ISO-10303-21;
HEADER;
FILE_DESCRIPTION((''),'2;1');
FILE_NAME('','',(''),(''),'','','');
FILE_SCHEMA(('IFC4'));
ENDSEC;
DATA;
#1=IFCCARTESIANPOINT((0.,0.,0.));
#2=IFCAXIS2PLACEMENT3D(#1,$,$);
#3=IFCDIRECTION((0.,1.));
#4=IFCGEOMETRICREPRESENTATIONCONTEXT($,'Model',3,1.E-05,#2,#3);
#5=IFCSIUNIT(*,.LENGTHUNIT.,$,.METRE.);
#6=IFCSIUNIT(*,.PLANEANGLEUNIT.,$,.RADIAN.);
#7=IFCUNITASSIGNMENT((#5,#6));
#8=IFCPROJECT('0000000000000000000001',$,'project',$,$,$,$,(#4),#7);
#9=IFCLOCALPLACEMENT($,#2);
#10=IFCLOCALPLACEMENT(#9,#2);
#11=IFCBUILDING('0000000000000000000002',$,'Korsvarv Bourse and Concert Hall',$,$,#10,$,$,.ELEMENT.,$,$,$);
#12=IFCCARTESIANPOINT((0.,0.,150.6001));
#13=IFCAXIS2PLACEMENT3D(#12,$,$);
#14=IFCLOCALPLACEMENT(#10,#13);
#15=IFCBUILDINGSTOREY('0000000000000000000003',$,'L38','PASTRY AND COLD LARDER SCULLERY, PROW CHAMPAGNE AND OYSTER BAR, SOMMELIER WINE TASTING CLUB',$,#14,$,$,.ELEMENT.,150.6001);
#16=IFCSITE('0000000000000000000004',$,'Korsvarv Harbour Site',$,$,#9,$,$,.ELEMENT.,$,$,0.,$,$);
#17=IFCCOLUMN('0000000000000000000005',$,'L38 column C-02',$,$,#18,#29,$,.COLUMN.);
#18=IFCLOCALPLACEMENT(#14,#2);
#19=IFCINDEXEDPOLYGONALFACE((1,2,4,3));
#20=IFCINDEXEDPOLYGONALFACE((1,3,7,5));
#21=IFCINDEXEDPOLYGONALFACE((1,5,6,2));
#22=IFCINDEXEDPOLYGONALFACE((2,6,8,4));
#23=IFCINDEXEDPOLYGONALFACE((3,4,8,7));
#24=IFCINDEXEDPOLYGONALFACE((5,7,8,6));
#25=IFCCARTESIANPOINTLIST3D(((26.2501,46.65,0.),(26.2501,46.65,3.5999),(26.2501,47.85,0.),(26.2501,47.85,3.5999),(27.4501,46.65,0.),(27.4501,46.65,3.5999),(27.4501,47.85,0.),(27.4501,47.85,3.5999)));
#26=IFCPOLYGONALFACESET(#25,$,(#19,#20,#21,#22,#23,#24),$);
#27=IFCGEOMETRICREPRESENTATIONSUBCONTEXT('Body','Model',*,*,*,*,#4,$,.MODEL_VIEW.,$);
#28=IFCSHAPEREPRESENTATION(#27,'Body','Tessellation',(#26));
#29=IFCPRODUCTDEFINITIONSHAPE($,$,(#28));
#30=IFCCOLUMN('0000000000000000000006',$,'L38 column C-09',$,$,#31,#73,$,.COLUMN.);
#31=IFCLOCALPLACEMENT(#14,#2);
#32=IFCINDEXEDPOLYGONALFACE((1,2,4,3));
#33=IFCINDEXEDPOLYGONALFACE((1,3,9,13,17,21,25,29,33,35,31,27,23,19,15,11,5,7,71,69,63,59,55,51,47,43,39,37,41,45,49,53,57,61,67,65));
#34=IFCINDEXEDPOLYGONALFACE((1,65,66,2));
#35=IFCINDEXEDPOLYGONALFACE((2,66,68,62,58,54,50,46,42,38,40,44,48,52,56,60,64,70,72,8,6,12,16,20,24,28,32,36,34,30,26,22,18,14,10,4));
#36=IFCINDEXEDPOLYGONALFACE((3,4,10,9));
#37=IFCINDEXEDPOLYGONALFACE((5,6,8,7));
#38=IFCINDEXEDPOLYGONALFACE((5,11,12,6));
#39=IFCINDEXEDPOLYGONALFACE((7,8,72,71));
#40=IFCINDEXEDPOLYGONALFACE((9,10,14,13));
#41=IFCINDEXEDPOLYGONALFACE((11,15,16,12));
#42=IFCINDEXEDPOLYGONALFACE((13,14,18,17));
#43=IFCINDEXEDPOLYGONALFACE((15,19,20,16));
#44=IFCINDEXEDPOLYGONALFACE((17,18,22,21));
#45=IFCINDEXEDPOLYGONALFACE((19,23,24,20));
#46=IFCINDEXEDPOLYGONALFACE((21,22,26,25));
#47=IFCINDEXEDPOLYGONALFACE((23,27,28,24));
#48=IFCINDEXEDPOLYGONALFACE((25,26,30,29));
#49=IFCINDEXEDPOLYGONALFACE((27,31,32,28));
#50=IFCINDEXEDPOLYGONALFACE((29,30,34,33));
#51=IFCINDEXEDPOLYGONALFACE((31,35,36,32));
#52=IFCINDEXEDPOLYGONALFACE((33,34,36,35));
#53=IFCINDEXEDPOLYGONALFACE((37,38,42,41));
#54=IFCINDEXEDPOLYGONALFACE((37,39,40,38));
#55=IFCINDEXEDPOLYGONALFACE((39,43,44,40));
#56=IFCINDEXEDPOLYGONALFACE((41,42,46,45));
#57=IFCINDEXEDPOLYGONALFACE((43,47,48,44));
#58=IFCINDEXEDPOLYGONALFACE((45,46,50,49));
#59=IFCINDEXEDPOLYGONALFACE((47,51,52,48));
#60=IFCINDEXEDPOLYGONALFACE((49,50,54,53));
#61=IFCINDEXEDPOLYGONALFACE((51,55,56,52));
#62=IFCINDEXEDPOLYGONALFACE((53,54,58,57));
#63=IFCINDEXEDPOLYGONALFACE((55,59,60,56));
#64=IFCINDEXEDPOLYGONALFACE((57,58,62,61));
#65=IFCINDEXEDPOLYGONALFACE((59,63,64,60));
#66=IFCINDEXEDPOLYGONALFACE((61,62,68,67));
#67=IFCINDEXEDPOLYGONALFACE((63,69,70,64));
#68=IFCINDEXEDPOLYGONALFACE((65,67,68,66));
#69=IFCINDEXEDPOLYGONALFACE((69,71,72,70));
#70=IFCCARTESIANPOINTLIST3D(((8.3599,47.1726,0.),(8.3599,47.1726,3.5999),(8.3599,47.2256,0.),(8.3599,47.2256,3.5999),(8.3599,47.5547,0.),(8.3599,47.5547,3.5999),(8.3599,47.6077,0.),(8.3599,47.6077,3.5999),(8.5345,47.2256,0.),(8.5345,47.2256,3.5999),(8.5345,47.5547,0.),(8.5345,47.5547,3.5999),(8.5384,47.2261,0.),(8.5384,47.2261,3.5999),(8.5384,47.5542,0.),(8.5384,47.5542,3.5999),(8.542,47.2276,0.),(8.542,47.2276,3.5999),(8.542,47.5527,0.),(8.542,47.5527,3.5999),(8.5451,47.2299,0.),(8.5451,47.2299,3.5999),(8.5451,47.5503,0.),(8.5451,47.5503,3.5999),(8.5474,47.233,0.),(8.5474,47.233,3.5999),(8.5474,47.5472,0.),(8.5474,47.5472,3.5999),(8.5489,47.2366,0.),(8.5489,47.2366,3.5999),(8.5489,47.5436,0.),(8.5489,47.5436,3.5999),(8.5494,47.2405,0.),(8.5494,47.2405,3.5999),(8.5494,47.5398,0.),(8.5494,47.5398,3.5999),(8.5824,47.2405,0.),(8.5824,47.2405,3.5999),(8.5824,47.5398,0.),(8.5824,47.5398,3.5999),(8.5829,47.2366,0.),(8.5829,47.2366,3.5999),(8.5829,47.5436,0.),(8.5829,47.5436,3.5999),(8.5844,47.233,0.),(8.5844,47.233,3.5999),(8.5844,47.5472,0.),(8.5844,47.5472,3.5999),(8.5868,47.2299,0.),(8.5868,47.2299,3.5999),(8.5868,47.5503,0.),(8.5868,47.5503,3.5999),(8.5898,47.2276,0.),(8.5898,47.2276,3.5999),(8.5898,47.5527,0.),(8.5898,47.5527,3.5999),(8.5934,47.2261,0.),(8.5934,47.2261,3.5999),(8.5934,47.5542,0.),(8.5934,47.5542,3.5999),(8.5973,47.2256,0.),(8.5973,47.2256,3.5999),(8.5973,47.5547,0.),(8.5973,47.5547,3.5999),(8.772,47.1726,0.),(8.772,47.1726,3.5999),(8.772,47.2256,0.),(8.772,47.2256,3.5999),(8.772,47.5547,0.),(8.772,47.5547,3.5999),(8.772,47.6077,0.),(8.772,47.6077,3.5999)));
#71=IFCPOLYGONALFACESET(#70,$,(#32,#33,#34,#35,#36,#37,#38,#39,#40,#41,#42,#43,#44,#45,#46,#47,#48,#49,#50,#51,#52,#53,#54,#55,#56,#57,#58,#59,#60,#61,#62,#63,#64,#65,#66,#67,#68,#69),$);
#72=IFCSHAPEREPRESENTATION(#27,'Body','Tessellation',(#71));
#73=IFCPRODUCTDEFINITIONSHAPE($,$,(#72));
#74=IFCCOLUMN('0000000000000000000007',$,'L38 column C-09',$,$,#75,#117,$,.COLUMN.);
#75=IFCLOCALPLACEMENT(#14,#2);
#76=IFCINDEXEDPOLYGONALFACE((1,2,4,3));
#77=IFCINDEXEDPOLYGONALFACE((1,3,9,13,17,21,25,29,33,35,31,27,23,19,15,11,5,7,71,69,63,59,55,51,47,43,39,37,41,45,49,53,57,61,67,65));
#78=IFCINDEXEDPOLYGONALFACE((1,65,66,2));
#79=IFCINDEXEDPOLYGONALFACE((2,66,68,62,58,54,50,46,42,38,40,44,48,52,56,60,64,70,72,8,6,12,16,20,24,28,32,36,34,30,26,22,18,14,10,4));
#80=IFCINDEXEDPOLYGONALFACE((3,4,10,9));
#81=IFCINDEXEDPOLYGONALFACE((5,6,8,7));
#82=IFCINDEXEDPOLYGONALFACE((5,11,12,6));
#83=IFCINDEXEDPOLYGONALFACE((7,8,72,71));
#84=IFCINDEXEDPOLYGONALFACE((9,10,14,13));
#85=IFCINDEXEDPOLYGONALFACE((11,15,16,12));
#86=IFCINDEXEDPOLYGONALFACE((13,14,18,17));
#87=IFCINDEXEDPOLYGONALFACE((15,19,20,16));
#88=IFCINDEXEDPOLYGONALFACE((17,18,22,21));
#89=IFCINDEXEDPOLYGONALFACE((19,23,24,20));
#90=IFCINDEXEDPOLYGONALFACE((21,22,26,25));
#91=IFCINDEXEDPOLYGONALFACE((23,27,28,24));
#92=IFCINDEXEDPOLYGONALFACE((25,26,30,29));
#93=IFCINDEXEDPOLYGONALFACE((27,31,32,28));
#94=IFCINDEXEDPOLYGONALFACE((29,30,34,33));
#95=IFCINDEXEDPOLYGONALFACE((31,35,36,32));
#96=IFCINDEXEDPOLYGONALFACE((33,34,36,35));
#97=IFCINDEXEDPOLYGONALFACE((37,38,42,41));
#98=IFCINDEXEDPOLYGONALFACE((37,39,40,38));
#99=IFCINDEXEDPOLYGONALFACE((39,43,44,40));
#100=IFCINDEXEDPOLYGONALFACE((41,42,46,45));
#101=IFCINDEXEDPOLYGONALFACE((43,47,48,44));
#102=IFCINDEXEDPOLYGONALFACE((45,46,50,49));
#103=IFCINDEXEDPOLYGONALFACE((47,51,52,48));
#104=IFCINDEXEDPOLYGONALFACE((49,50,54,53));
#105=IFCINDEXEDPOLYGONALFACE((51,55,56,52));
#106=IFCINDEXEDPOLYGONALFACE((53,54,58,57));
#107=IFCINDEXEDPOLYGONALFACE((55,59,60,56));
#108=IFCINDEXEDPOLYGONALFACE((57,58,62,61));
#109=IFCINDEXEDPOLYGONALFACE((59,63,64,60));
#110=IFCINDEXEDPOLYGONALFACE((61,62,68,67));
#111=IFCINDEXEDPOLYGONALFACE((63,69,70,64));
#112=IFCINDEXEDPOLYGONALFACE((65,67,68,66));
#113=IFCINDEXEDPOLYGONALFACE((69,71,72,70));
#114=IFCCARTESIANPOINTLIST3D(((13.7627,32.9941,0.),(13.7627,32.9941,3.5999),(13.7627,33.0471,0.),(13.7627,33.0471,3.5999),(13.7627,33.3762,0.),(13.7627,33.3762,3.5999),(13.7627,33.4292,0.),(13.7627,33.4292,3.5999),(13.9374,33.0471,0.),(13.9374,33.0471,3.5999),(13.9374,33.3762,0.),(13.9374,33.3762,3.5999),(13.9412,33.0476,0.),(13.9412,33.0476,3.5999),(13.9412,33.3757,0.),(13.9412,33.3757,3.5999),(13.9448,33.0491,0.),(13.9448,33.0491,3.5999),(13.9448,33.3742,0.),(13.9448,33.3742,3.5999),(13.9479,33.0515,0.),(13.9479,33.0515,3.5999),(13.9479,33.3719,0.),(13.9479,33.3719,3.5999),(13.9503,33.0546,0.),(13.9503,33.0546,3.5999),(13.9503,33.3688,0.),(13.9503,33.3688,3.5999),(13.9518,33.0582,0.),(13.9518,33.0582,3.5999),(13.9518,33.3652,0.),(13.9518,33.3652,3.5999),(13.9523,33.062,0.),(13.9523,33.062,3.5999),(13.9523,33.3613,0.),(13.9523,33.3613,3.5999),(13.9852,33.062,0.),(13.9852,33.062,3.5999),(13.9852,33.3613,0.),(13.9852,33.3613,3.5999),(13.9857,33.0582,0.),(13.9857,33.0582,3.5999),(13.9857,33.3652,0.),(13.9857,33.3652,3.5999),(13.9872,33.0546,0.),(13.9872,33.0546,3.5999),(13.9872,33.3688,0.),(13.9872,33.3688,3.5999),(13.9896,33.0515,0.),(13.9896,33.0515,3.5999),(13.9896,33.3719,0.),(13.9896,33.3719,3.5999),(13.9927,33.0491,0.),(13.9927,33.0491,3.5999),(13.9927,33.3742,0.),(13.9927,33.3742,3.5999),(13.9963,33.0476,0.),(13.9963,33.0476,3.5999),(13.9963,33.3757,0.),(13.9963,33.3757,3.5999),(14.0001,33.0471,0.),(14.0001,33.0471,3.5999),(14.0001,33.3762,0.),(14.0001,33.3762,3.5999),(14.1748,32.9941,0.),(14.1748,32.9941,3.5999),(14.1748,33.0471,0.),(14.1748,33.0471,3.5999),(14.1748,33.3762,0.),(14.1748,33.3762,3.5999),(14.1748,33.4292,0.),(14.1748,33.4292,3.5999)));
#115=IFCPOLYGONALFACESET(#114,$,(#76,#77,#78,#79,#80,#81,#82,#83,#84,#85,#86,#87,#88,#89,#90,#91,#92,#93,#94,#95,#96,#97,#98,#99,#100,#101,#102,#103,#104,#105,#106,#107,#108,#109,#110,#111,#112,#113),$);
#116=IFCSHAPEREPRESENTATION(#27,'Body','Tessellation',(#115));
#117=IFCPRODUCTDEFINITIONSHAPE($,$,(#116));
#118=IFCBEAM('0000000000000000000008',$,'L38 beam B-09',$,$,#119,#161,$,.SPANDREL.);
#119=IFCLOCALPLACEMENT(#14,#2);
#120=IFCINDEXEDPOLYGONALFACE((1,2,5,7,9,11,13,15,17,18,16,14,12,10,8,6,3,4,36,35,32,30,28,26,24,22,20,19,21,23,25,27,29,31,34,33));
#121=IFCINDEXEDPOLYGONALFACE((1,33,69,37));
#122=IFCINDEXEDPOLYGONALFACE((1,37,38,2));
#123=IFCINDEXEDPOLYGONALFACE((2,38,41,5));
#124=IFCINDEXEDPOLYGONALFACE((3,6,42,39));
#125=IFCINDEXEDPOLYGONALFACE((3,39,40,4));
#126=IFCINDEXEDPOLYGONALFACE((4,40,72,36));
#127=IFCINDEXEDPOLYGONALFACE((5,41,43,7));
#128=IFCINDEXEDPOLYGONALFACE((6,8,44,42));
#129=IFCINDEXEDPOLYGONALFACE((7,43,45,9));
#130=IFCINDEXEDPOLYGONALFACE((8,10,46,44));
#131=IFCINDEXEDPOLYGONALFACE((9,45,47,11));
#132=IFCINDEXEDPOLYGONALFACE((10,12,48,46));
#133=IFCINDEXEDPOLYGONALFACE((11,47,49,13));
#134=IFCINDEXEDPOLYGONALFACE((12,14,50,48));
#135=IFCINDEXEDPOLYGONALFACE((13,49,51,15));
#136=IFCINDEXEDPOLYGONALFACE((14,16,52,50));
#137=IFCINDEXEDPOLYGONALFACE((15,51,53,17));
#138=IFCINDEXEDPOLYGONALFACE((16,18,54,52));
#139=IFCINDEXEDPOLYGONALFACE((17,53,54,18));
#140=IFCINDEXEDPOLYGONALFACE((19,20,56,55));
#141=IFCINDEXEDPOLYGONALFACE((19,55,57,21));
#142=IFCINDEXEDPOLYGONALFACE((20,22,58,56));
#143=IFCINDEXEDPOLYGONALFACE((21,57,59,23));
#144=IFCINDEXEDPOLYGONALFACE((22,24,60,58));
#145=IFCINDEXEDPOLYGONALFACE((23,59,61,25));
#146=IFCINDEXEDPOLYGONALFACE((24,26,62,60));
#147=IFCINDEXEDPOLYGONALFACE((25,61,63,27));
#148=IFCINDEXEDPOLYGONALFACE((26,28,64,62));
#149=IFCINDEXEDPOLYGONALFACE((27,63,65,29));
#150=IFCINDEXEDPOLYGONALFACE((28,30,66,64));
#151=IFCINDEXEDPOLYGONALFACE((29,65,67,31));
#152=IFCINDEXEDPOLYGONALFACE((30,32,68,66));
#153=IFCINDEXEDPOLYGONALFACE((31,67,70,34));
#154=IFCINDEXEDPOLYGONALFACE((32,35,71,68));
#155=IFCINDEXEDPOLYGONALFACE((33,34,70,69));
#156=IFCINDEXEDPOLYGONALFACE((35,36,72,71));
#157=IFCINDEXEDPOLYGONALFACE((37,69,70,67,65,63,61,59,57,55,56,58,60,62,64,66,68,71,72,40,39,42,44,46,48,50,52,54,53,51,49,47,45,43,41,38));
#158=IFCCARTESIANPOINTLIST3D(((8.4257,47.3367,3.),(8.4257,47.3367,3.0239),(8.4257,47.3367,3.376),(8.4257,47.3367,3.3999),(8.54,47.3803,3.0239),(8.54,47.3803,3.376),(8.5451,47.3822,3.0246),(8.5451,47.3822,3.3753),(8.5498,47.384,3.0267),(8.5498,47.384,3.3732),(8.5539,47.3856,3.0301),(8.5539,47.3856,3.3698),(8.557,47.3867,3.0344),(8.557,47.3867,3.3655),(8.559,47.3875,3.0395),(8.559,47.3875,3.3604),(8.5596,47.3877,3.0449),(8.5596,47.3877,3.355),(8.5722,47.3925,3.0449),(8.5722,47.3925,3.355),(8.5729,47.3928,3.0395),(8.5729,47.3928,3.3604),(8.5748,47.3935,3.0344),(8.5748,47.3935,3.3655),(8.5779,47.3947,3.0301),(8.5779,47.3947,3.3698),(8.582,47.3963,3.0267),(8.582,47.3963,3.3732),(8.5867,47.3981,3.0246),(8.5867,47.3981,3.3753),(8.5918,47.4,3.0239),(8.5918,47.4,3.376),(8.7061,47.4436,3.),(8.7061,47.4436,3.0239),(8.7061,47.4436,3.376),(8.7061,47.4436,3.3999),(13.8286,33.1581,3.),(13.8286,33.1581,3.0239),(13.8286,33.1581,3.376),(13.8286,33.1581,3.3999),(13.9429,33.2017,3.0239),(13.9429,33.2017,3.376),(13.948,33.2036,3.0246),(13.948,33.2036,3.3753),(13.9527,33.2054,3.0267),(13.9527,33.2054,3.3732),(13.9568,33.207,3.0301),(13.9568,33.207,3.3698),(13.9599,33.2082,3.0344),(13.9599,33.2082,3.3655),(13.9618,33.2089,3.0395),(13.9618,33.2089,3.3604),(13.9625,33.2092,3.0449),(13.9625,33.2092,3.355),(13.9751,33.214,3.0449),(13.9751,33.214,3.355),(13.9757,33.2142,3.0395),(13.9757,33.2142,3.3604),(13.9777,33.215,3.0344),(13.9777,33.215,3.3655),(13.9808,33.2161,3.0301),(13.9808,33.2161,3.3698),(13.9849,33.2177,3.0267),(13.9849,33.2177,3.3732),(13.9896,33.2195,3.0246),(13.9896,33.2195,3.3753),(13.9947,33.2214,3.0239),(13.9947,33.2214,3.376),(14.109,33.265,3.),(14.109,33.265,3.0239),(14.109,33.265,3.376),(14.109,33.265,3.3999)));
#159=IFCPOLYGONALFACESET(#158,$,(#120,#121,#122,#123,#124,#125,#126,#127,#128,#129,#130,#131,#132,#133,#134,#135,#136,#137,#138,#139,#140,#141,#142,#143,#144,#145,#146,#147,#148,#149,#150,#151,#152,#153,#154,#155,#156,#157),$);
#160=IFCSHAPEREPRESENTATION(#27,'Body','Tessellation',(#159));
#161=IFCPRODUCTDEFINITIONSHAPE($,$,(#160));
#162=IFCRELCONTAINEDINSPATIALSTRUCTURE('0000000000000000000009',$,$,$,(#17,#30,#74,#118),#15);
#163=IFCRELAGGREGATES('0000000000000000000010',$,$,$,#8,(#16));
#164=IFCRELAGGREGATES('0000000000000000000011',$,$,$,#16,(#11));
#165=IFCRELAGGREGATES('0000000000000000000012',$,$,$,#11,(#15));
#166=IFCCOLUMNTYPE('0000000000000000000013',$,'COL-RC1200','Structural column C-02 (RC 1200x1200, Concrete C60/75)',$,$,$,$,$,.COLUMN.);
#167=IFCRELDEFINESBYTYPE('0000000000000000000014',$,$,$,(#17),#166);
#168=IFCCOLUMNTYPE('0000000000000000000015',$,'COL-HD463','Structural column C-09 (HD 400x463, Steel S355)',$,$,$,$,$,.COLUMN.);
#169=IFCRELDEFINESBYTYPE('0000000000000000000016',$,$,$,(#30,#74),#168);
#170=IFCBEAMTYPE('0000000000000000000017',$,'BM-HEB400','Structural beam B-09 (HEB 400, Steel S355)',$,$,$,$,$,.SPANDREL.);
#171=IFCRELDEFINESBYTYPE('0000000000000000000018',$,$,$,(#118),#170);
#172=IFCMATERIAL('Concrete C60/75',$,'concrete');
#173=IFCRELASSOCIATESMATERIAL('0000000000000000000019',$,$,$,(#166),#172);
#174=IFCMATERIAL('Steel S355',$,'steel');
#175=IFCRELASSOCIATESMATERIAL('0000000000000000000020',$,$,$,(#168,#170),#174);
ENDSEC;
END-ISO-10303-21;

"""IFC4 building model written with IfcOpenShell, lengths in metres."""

from ifc_helpers import new_model, si_unit, direction, frame, origin, origin_2d, place, context, subcontext, project, spatial, rectangle, i_section, extrude, source, transform, mapped, material, material_profile, profile_set, type_object, element, save


model = new_model("IFC4")

# Units and contexts
model_context = context("Model", 3, precision=1e-05, world=origin(), true_north=direction((0.0, 1.0)))
body_context = subcontext(model_context, "Body", "Model", "MODEL_VIEW")
ifc_project = project(units=[si_unit("LENGTHUNIT", "METRE"), si_unit("PLANEANGLEUNIT", "RADIAN")], contexts=[model_context])

# Site, building, storey
site_placement = place(None, origin())
site = spatial("IfcSite", under=ifc_project, at=site_placement, Name="Korsvarv Harbour Site", CompositionType="ELEMENT", RefElevation=0.0)
building_placement = place(site_placement, origin())
building = spatial("IfcBuilding", under=site, at=building_placement, Name="Korsvarv Bourse and Concert Hall", CompositionType="ELEMENT")
storey_placement = place(building_placement, frame((0.0, 0.0, 150.6001)))
storey = spatial("IfcBuildingStorey", under=building, at=storey_placement, Name="L38", Description="PASTRY AND COLD LARDER SCULLERY, PROW CHAMPAGNE AND OYSTER BAR, SOMMELIER WINE TASTING CLUB", CompositionType="ELEMENT", Elevation=150.6001)

# Columns
ifc_material_1 = material(Name="Concrete C60/75", Category="concrete")
ifc_material_profile_1 = material_profile(ifc_material_1, rectangle(XDim=1.2, YDim=1.2, at=origin_2d()), Name="RC 1200x1200")
ifc_profile_set_1 = profile_set([ifc_material_profile_1], Name="Concrete C60/75")
column_type_1 = type_object("IfcColumnType", Name="COL-RC1200", Description="Structural column C-02 (RC 1200x1200, Concrete C60/75)", PredefinedType="COLUMN", material=ifc_profile_set_1)
shared_shape_1 = source(origin(), body_context, "Body", "SweptSolid", [
    extrude(rectangle(XDim=1.2, YDim=1.2, at=origin_2d()), origin(), (0.0, 0.0, 1.0), 3.5999),
])
column_placement = place(storey_placement, frame((26.8501, 47.25, 0.0), z_axis=(0.0, 0.0, 1.0), x_axis=(1.0, 0.0, 0.0)))
element("IfcColumn", 1, at=column_placement, inside=storey, type_object=column_type_1, Name="L38 column C-02", PredefinedType="COLUMN", context=body_context, shape_type="MappedRepresentation", body=[
    mapped(shared_shape_1, transform((0.0, 0.0, 0.0), scale=1.0)),
])
ifc_material_2 = material(Name="Steel S355", Category="steel")
ifc_material_profile_2 = material_profile(ifc_material_2, i_section(OverallWidth=0.4121, OverallDepth=0.4351, WebThickness=0.033, FlangeThickness=0.053, FilletRadius=0.0149, at=origin_2d()), Name="HD 400x463")
ifc_profile_set_2 = profile_set([ifc_material_profile_2], Name="Steel S355")
column_type_2 = type_object("IfcColumnType", Name="COL-HD463", Description="Structural column C-09 (HD 400x463, Steel S355)", PredefinedType="COLUMN", material=ifc_profile_set_2)
shared_shape_2 = source(origin(), body_context, "Body", "SweptSolid", [
    extrude(i_section(OverallWidth=0.4121, OverallDepth=0.4351, WebThickness=0.033, FlangeThickness=0.053, FilletRadius=0.0149, at=origin_2d()), origin(), (0.0, 0.0, 1.0), 3.5999),
])
for number, where, z_axis, x_axis, name in (
    (2, (8.5659, 47.3901, 0.0), (0.0, 0.0, 1.0), (1.0, 0.0, 0.0), "L38 column C-09"),
    (3, (13.9688, 33.2117, 0.0), (0.0, 0.0, 1.0), (1.0, 0.0, 0.0), "L38 column C-09"),
):
    element("IfcColumn", number, at=place(storey_placement, frame(where, z_axis=z_axis, x_axis=x_axis)), inside=storey, type_object=column_type_2, Name=name, PredefinedType="COLUMN", context=body_context, shape_type="MappedRepresentation", body=[
        mapped(shared_shape_2, transform((0.0, 0.0, 0.0), scale=1.0)),
    ])

# Beam
ifc_material_profile_3 = material_profile(ifc_material_2, i_section(OverallWidth=0.3, OverallDepth=0.3999, WebThickness=0.0134, FlangeThickness=0.0239, FilletRadius=0.021, at=origin_2d()), Name="HEB 400")
ifc_profile_set_3 = profile_set([ifc_material_profile_3], Name="Steel S355")
beam_type_1 = type_object("IfcBeamType", Name="BM-HEB400", Description="Structural beam B-09 (HEB 400, Steel S355)", PredefinedType="SPANDREL", material=ifc_profile_set_3)
shared_shape_3 = source(origin(), body_context, "Body", "SweptSolid", [
    extrude(i_section(OverallWidth=0.3, OverallDepth=0.3999, WebThickness=0.0134, FlangeThickness=0.0239, FilletRadius=0.021, at=origin_2d()), origin(), (0.0, 0.0, 1.0), 15.1731),
])
beam_1_placement = place(storey_placement, frame((8.5659, 47.3901, 3.2), z_axis=(0.356082, -0.934455, 0.0), x_axis=(0.934455, 0.356082, 0.0)))
element("IfcBeam", 4, at=beam_1_placement, inside=storey, type_object=beam_type_1, Name="L38 beam B-09", PredefinedType="SPANDREL", context=body_context, shape_type="MappedRepresentation", body=[
    mapped(shared_shape_3, transform((0.0, 0.0, 0.0), scale=1.0)),
])

save(model, "model.ifc")
